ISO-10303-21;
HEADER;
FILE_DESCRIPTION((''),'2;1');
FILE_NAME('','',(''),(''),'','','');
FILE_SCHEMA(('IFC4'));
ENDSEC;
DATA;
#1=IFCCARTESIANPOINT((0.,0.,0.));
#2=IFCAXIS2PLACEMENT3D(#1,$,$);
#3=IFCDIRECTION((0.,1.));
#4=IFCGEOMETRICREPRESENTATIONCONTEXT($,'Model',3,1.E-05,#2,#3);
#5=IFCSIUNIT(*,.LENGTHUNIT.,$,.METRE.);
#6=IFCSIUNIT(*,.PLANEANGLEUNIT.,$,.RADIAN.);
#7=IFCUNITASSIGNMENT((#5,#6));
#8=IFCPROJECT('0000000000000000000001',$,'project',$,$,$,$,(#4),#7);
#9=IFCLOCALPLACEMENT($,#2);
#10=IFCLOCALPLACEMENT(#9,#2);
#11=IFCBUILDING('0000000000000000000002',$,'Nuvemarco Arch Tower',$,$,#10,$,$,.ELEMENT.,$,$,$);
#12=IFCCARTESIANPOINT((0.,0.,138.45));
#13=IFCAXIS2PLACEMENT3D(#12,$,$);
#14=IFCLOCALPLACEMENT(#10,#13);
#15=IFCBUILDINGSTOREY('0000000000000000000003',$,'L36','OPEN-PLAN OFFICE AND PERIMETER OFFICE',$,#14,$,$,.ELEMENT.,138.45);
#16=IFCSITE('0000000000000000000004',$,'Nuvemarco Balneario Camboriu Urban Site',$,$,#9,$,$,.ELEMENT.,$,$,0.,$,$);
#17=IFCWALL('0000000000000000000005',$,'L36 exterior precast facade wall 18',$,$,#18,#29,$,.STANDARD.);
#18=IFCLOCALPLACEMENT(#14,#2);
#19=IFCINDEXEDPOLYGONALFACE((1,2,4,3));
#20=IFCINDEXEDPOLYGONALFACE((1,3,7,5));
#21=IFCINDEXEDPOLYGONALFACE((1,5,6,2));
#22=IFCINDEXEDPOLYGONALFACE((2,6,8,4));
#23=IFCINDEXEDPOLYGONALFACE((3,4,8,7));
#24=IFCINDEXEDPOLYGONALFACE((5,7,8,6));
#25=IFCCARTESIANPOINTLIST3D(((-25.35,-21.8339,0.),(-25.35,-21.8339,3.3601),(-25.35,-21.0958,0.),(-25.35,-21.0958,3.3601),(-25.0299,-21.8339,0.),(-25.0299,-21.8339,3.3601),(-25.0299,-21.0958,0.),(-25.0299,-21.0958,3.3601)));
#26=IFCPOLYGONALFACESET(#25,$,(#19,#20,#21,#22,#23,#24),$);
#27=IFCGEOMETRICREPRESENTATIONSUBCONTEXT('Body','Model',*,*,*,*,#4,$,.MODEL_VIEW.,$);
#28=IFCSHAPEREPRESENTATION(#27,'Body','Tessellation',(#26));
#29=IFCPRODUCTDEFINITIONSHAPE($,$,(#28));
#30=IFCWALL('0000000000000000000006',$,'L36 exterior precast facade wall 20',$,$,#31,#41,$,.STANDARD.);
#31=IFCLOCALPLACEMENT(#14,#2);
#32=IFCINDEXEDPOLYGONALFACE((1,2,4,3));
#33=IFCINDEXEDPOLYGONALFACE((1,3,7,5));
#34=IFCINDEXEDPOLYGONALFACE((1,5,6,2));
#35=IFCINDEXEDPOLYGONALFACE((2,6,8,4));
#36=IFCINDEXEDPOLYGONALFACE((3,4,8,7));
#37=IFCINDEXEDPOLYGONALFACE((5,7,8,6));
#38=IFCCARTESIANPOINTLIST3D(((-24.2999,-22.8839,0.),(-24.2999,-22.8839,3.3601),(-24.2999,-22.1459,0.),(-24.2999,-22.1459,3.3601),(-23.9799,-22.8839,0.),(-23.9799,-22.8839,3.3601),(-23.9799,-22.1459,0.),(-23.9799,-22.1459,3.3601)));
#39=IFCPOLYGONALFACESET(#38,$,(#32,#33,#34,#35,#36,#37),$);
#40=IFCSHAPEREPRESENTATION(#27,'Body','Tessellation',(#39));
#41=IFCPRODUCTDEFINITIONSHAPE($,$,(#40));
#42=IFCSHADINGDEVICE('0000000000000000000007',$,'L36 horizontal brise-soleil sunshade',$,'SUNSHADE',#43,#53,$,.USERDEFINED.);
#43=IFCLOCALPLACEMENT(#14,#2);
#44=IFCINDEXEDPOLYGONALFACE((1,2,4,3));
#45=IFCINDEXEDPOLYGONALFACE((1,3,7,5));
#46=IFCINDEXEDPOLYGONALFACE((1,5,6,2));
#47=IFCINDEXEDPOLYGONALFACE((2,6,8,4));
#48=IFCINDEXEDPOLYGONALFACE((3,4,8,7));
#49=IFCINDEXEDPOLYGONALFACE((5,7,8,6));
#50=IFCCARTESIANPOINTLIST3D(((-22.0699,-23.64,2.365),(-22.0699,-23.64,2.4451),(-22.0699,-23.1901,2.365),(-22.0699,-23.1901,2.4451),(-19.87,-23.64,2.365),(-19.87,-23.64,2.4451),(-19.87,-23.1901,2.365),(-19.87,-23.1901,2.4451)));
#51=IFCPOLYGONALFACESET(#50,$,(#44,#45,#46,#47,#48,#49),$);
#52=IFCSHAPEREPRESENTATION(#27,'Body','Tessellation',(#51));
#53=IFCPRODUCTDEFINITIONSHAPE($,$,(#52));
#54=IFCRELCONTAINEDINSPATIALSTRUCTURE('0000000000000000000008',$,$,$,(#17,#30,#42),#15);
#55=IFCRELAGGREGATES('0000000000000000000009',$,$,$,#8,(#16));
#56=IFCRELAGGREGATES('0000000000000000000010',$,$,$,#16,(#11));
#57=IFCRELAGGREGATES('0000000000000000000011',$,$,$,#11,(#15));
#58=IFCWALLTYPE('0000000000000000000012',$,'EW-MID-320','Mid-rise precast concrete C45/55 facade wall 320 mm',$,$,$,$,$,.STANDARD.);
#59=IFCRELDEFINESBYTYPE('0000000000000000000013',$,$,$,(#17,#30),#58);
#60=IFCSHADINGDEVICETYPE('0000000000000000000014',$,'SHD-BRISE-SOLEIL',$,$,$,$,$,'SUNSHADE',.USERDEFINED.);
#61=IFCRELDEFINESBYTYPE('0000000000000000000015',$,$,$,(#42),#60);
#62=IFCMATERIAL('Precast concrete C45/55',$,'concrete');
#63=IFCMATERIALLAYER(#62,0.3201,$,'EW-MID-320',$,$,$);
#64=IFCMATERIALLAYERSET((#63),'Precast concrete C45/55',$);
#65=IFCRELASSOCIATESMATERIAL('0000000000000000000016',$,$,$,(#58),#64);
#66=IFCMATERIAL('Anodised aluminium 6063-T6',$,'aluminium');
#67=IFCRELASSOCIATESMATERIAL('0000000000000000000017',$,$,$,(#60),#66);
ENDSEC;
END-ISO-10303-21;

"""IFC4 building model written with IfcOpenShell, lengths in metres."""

from ifc_helpers import new_model, si_unit, direction, frame, frame_2d, origin, origin_2d, place, context, subcontext, project, spatial, rectangle, extrude, source, transform, mapped, material, layer, layer_set, type_object, type_shapes, element, save


model = new_model("IFC4")

# Units and contexts
model_context = context("Model", 3, precision=1e-05, world=origin(), true_north=direction((0.0, 1.0)))
body_context = subcontext(model_context, "Body", "Model", "MODEL_VIEW")
ifc_project = project(units=[si_unit("LENGTHUNIT", "METRE"), si_unit("PLANEANGLEUNIT", "RADIAN")], contexts=[model_context])

# Site, building, storey
site_placement = place(None, origin())
site = spatial("IfcSite", under=ifc_project, at=site_placement, Name="Nuvemarco Balneario Camboriu Urban Site", CompositionType="ELEMENT", RefElevation=0.0)
building_placement = place(site_placement, origin())
building = spatial("IfcBuilding", under=site, at=building_placement, Name="Nuvemarco Arch Tower", CompositionType="ELEMENT")
storey_placement = place(building_placement, frame((0.0, 0.0, 138.45)))
storey = spatial("IfcBuildingStorey", under=building, at=storey_placement, Name="L36", Description="OPEN-PLAN OFFICE AND PERIMETER OFFICE", CompositionType="ELEMENT", Elevation=138.45)

# Shared definitions
ifc_material_1 = material(Name="Precast concrete C45/55", Category="concrete")
ifc_layer = layer(ifc_material_1, 0.3201, Name="EW-MID-320")
ifc_layer_set = layer_set([ifc_layer], Name="Precast concrete C45/55")
wall_type = type_object("IfcWallType", Name="EW-MID-320", Description="Mid-rise precast concrete C45/55 facade wall 320 mm", PredefinedType="STANDARD", material=ifc_layer_set)

# Walls
for number, where, z_axis, x_axis, name in (
    (1, (-25.1899, -21.834, 0.0), (0.0, 0.0, 1.0), (0.0, 1.0, 0.0), "L36 exterior precast facade wall 18"),
    (2, (-24.1399, -22.884, 0.0), (0.0, 0.0, 1.0), (0.0, 1.0, 0.0), "L36 exterior precast facade wall 20"),
):
    element("IfcWall", number, at=place(storey_placement, frame(where, z_axis=z_axis, x_axis=x_axis)), inside=storey, type_object=wall_type, Name=name, PredefinedType="STANDARD", context=body_context, shape_type="SweptSolid", body=[
        extrude(rectangle(XDim=0.738, YDim=0.3201, at=frame_2d((0.3691, 0.0))), origin(), (0.0, 0.0, 1.0), 3.3601),
    ])

# Shading device
ifc_material_2 = material(Name="Anodised aluminium 6063-T6", Category="aluminium")
shading_device_type = type_object("IfcShadingDeviceType", Name="SHD-BRISE-SOLEIL", ElementType="SUNSHADE", PredefinedType="USERDEFINED", material=ifc_material_2)
shared_shape_1 = source(origin(), body_context, "Body", "SweptSolid", [
    extrude(rectangle(XDim=2.2, YDim=0.45, at=origin_2d()), origin(), (0.0, 0.0, 1.0), 0.0801),
])
type_shapes(shading_device_type, [shared_shape_1])
shading_device_placement = place(storey_placement, frame((-20.97, -23.415, 2.365), z_axis=(0.0, 0.0, 1.0), x_axis=(1.0, 0.0, 0.0)))
element("IfcShadingDevice", 3, at=shading_device_placement, inside=storey, type_object=shading_device_type, Name="L36 horizontal brise-soleil sunshade", ObjectType="SUNSHADE", PredefinedType="USERDEFINED", context=body_context, shape_type="MappedRepresentation", body=[
    mapped(shared_shape_1, transform((0.0, 0.0, 0.0), scale=1.0)),
])

save(model, "model.ifc")
